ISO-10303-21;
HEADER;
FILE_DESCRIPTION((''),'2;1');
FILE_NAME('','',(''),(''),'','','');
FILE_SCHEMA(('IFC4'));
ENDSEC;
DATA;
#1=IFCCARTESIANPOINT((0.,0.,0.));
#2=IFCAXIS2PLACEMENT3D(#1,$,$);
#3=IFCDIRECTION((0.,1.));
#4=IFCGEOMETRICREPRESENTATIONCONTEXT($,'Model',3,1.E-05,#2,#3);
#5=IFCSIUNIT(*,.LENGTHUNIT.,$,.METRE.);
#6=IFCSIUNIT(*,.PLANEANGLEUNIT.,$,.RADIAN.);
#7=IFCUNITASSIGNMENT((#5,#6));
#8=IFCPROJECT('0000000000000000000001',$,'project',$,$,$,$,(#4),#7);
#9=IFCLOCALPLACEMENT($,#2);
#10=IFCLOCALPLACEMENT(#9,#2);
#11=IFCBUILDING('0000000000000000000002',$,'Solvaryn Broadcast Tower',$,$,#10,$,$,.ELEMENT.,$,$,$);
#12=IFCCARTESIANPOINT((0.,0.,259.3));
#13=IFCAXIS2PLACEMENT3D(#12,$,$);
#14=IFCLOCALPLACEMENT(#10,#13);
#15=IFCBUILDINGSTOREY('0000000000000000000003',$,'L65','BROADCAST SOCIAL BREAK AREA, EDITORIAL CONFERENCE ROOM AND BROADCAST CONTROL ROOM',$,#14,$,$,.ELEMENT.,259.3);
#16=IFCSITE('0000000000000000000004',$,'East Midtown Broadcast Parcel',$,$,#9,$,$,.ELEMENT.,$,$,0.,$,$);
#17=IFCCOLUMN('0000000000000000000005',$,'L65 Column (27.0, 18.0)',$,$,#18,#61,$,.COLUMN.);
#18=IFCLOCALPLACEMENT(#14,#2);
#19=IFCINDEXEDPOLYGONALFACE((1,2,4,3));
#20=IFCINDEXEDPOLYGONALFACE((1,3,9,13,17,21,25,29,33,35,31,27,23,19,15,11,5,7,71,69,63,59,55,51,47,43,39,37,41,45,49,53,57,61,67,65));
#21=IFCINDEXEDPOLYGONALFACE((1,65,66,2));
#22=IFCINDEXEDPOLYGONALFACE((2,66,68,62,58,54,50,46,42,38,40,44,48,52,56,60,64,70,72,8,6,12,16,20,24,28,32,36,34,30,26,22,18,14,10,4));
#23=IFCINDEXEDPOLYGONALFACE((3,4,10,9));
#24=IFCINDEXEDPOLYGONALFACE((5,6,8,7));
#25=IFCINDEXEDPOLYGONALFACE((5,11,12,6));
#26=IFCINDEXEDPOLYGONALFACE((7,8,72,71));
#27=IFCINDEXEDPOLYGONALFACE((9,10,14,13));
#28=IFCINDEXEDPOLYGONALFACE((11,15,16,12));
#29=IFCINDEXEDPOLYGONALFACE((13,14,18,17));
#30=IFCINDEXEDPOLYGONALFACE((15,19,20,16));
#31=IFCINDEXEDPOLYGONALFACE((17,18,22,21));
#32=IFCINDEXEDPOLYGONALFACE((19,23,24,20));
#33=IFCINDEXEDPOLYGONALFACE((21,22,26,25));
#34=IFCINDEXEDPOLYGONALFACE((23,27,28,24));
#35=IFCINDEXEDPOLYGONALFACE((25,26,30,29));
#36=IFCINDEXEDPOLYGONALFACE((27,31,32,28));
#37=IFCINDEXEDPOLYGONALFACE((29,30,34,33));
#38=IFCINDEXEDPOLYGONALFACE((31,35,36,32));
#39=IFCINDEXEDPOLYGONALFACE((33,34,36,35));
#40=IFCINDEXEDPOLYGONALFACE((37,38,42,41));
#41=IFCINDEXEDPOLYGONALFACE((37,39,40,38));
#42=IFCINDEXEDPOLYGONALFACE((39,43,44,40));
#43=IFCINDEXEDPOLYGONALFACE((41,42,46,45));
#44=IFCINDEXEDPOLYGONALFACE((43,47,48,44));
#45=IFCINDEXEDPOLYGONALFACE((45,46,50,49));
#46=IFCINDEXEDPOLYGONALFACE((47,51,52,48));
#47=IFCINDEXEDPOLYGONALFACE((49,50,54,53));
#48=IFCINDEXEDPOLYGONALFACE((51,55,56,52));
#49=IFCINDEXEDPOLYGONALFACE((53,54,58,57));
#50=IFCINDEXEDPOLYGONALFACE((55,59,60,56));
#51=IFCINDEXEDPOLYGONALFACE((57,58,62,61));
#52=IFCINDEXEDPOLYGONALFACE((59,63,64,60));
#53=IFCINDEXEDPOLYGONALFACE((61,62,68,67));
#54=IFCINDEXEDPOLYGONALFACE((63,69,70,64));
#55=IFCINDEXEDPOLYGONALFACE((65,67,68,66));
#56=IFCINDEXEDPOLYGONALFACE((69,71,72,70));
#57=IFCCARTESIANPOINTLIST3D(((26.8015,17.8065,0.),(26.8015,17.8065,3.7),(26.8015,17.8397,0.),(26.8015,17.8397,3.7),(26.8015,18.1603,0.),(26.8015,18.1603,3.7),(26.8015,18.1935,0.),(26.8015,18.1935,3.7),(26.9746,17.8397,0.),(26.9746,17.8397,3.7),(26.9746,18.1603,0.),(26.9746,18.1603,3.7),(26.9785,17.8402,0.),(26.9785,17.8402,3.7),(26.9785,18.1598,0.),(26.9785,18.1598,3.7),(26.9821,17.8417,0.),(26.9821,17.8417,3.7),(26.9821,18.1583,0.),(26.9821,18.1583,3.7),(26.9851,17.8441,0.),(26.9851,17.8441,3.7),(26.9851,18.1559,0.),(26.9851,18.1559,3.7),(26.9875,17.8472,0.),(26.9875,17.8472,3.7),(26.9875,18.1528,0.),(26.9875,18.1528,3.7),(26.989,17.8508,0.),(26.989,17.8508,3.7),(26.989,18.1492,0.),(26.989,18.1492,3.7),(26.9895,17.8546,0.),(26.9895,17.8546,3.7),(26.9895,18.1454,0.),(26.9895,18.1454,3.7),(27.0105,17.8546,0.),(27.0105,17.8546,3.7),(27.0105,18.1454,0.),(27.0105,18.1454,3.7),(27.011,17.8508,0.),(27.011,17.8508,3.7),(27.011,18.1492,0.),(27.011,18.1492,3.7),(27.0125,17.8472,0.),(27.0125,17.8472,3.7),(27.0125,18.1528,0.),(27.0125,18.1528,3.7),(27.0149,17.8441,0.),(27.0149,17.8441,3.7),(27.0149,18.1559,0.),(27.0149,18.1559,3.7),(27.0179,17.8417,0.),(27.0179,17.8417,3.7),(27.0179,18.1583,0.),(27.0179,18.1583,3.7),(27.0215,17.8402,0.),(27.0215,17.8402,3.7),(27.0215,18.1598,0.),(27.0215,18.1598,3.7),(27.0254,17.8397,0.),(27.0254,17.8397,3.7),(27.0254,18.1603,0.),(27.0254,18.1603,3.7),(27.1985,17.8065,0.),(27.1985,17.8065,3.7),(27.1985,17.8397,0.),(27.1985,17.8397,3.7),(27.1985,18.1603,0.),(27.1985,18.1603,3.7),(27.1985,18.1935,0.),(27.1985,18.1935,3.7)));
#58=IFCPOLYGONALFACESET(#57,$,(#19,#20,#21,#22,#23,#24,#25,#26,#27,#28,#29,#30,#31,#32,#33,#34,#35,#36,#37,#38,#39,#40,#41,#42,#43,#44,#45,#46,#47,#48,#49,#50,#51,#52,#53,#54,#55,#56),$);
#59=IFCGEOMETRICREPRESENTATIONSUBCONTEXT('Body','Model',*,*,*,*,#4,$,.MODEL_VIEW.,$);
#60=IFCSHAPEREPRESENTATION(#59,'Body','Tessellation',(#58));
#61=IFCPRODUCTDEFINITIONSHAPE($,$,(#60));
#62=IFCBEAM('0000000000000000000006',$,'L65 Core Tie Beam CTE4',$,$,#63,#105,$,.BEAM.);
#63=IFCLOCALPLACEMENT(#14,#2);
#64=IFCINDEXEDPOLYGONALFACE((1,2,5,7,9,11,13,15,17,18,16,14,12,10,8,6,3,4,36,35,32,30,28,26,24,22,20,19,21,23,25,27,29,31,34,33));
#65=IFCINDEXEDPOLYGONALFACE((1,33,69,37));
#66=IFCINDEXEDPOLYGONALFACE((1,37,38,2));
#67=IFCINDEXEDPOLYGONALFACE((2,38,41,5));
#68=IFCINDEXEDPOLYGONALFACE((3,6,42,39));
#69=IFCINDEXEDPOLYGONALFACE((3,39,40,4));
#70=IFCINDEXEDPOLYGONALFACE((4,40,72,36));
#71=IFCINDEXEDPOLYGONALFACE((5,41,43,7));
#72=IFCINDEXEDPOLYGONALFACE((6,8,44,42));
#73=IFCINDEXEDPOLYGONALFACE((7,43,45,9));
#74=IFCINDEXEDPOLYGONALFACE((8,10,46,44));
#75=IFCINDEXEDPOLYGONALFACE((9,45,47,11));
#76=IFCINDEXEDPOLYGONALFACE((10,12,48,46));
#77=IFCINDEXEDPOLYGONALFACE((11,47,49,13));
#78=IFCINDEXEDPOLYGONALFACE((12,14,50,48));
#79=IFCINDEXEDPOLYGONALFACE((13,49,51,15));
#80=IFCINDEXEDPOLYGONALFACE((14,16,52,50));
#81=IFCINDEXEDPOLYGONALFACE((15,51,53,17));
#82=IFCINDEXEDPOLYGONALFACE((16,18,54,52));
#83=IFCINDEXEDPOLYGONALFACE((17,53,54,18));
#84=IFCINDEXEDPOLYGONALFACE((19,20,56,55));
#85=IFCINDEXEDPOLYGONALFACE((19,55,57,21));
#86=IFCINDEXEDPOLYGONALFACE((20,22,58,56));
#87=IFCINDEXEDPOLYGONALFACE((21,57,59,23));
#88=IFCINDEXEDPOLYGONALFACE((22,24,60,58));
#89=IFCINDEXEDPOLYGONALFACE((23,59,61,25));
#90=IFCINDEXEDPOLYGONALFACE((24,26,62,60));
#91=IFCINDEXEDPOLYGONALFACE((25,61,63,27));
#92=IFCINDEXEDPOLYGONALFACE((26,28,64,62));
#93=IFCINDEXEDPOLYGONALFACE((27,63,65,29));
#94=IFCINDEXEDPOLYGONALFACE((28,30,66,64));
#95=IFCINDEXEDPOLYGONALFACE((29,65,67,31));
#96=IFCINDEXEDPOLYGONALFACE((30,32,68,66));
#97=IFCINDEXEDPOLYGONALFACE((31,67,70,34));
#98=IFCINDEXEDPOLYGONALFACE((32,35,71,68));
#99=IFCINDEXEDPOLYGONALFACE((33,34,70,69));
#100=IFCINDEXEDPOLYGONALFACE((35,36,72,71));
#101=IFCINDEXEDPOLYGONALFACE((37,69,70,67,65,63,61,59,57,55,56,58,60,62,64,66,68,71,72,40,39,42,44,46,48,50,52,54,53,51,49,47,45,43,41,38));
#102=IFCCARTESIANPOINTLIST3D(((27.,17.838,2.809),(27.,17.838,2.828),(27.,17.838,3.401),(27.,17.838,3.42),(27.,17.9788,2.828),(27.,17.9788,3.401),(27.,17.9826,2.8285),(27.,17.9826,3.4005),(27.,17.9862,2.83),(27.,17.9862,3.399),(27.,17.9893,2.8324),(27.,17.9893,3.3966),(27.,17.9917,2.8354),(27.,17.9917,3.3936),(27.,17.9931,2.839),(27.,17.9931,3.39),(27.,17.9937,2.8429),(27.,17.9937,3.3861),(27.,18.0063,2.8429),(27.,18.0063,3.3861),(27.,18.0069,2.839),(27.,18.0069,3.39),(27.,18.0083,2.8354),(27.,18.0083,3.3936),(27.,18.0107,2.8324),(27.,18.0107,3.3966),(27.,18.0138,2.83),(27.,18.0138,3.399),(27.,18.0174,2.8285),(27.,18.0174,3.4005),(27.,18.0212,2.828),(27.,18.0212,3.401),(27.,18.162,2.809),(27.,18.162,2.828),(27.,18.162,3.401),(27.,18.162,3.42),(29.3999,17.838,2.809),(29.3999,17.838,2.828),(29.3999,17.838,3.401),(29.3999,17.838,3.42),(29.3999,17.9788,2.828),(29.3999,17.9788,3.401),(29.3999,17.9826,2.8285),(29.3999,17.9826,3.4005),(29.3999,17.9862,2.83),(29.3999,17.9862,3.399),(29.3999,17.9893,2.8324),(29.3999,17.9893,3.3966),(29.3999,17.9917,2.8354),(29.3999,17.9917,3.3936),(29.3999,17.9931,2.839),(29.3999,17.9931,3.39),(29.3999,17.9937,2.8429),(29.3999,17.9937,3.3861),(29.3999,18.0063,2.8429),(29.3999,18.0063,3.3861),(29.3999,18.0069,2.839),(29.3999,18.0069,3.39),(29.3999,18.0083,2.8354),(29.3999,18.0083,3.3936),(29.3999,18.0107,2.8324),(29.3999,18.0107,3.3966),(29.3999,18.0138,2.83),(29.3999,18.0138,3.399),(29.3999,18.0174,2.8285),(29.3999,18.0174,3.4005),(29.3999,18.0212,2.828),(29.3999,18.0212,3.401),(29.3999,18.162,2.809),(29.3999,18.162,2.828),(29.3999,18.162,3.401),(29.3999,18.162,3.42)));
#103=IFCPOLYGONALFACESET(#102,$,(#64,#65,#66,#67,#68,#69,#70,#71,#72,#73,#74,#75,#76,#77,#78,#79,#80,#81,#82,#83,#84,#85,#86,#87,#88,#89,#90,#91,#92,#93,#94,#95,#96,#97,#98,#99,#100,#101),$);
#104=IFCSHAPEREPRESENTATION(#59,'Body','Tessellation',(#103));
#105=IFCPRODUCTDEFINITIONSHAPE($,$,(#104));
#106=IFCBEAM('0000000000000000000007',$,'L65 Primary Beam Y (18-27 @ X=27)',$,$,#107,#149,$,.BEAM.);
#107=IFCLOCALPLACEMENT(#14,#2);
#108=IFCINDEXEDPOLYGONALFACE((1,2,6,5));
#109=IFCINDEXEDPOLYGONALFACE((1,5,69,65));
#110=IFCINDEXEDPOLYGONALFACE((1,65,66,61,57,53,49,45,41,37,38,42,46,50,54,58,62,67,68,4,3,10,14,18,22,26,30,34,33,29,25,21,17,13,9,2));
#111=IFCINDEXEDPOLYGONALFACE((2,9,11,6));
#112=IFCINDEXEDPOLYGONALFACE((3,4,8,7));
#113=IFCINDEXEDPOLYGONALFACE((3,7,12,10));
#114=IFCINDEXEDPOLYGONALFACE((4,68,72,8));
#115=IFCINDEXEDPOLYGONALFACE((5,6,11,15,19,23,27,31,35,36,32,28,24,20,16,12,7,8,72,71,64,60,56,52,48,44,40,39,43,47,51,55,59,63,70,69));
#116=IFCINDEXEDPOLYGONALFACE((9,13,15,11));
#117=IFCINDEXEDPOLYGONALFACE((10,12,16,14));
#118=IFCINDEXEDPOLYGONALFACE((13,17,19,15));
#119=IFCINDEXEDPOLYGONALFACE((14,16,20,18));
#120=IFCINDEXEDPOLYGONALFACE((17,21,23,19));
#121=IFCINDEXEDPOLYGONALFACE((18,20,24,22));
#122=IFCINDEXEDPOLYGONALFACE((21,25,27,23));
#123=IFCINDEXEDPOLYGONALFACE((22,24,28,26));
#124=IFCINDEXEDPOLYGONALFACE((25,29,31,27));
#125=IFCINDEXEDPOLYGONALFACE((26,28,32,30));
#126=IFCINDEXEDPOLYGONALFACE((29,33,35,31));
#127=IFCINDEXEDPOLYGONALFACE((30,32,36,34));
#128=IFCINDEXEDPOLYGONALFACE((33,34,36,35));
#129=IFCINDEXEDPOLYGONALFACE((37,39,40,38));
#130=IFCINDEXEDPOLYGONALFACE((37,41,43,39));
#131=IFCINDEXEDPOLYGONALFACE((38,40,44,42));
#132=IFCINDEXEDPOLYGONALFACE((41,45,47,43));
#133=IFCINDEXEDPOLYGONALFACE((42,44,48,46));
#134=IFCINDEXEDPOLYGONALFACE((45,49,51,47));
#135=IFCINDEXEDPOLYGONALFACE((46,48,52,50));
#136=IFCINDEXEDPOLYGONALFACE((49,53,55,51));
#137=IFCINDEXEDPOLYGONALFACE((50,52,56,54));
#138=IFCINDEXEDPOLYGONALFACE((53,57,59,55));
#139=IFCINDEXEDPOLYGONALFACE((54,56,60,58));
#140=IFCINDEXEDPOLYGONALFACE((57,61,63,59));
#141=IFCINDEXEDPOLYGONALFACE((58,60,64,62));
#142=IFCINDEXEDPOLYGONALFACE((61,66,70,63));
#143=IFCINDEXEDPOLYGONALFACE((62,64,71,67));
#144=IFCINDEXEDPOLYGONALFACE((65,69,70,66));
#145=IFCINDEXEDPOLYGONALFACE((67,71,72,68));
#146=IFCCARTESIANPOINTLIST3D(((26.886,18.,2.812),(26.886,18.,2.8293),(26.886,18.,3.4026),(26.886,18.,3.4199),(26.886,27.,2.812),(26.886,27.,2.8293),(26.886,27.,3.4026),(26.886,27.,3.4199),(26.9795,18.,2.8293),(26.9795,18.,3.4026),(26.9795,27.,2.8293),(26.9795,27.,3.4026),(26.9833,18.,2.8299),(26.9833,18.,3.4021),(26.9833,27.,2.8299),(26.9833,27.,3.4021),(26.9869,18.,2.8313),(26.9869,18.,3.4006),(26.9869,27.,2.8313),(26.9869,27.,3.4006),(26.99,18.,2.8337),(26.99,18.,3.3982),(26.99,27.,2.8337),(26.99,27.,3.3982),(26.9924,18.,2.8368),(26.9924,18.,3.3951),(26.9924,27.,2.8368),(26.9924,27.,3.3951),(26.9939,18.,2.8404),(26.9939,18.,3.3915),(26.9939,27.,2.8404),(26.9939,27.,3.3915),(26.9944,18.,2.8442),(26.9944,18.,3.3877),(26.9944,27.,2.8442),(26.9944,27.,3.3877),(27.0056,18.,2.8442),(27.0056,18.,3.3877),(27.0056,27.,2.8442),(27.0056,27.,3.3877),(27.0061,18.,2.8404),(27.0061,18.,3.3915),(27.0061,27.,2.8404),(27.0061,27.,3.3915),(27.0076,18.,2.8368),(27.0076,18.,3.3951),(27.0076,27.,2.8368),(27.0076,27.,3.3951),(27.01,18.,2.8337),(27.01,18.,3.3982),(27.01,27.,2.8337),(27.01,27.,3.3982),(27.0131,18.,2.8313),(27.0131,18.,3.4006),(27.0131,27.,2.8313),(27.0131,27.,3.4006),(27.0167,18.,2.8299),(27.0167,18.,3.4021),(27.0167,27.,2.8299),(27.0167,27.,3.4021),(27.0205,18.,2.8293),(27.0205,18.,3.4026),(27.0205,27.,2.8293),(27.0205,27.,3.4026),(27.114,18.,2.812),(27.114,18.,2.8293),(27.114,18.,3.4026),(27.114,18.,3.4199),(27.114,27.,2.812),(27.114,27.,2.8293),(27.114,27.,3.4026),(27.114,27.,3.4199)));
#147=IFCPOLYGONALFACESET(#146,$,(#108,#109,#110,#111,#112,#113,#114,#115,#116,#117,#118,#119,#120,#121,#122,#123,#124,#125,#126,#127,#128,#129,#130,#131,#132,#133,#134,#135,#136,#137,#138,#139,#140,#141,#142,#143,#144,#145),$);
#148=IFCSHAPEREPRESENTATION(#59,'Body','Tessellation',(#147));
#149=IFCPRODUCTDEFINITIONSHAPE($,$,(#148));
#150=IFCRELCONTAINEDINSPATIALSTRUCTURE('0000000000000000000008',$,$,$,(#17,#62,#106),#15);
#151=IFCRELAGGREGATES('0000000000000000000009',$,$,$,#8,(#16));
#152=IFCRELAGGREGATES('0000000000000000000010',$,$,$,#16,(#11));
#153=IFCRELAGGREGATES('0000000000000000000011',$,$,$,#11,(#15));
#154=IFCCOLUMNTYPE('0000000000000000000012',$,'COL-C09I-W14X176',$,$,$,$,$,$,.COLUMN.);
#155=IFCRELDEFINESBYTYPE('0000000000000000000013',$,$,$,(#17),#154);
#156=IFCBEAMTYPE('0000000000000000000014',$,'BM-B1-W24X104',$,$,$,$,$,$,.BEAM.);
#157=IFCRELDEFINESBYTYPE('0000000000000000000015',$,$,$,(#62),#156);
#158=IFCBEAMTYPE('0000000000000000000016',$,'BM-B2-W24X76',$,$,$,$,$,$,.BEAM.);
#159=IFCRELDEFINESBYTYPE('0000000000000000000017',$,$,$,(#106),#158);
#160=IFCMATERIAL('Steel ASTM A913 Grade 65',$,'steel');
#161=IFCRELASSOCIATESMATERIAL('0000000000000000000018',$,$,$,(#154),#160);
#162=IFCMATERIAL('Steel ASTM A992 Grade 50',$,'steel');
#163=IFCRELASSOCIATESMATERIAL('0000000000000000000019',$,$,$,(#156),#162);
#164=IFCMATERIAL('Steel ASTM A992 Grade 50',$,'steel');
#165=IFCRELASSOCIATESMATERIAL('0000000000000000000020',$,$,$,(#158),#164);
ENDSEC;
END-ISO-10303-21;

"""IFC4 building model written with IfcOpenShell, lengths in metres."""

from ifc_helpers import new_model, si_unit, direction, frame, origin, origin_2d, place, context, subcontext, project, spatial, i_section, extrude, material, material_profile, profile_set, type_object, element, save


model = new_model("IFC4")

# Units and contexts
model_context = context("Model", 3, precision=1e-05, world=origin(), true_north=direction((0.0, 1.0)))
body_context = subcontext(model_context, "Body", "Model", "MODEL_VIEW")
ifc_project = project(units=[si_unit("LENGTHUNIT", "METRE"), si_unit("PLANEANGLEUNIT", "RADIAN")], contexts=[model_context])

# Site, building, storey
site_placement = place(None, origin())
site = spatial("IfcSite", under=ifc_project, at=site_placement, Name="East Midtown Broadcast Parcel", CompositionType="ELEMENT", RefElevation=0.0)
building_placement = place(site_placement, origin())
building = spatial("IfcBuilding", under=site, at=building_placement, Name="Solvaryn Broadcast Tower", CompositionType="ELEMENT")
storey_placement = place(building_placement, frame((0.0, 0.0, 259.3)))
storey = spatial("IfcBuildingStorey", under=building, at=storey_placement, Name="L65", Description="BROADCAST SOCIAL BREAK AREA, EDITORIAL CONFERENCE ROOM AND BROADCAST CONTROL ROOM", CompositionType="ELEMENT", Elevation=259.3)

# Column
ifc_material_1 = material(Name="Steel ASTM A913 Grade 65", Category="steel")
ifc_material_profile_1 = material_profile(ifc_material_1, i_section(OverallWidth=0.397, OverallDepth=0.387, WebThickness=0.021, FlangeThickness=0.0332, FilletRadius=0.0149, at=origin_2d()))
ifc_profile_set_1 = profile_set([ifc_material_profile_1], Name="Steel ASTM A913 Grade 65")
column_type = type_object("IfcColumnType", Name="COL-C09I-W14X176", PredefinedType="COLUMN", material=ifc_profile_set_1)
column_placement = place(storey_placement, frame((27.0, 18.0, 0.0), z_axis=(0.0, 0.0, 1.0), x_axis=(1.0, 0.0, 0.0)))
element("IfcColumn", 1, at=column_placement, inside=storey, type_object=column_type, Name="L65 Column (27.0, 18.0)", PredefinedType="COLUMN", context=body_context, shape_type="SweptSolid", body=[
    extrude(i_section(OverallWidth=0.397, OverallDepth=0.387, WebThickness=0.021, FlangeThickness=0.0332, FilletRadius=0.0149, at=origin_2d()), origin(), (0.0, 0.0, 1.0), 3.7),
])

# Beams
ifc_material_2 = material(Name="Steel ASTM A992 Grade 50", Category="steel")
ifc_material_profile_2 = material_profile(ifc_material_2, i_section(OverallWidth=0.324, OverallDepth=0.6111, WebThickness=0.0127, FlangeThickness=0.019, FilletRadius=0.0149, at=origin_2d()))
ifc_profile_set_2 = profile_set([ifc_material_profile_2], Name="Steel ASTM A992 Grade 50")
beam_type_1 = type_object("IfcBeamType", Name="BM-B1-W24X104", PredefinedType="BEAM", material=ifc_profile_set_2)
beam_1_placement = place(storey_placement, frame((27.0, 18.0, 3.1145), z_axis=(1.0, 0.0, 0.0), x_axis=(0.0, 1.0, 0.0)))
element("IfcBeam", 2, at=beam_1_placement, inside=storey, type_object=beam_type_1, Name="L65 Core Tie Beam CTE4", PredefinedType="BEAM", context=body_context, shape_type="SweptSolid", body=[
    extrude(i_section(OverallWidth=0.324, OverallDepth=0.6111, WebThickness=0.0127, FlangeThickness=0.019, FilletRadius=0.0149, at=origin_2d()), origin(), (0.0, 0.0, 1.0), 2.3999),
])
ifc_material_3 = material(Name="Steel ASTM A992 Grade 50", Category="steel")
ifc_material_profile_3 = material_profile(ifc_material_3, i_section(OverallWidth=0.228, OverallDepth=0.6079, WebThickness=0.0112, FlangeThickness=0.0173, FilletRadius=0.0149, at=origin_2d()))
ifc_profile_set_3 = profile_set([ifc_material_profile_3], Name="Steel ASTM A992 Grade 50")
beam_type_2 = type_object("IfcBeamType", Name="BM-B2-W24X76", PredefinedType="BEAM", material=ifc_profile_set_3)
beam_2_placement = place(storey_placement, frame((27.0, 18.0, 3.116), z_axis=(0.0, 1.0, 0.0), x_axis=(-1.0, 0.0, 0.0)))
element("IfcBeam", 3, at=beam_2_placement, inside=storey, type_object=beam_type_2, Name="L65 Primary Beam Y (18-27 @ X=27)", PredefinedType="BEAM", context=body_context, shape_type="SweptSolid", body=[
    extrude(i_section(OverallWidth=0.228, OverallDepth=0.6079, WebThickness=0.0112, FlangeThickness=0.0173, FilletRadius=0.0149, at=origin_2d()), origin(), (0.0, 0.0, 1.0), 9.0),
])

save(model, "model.ifc")
